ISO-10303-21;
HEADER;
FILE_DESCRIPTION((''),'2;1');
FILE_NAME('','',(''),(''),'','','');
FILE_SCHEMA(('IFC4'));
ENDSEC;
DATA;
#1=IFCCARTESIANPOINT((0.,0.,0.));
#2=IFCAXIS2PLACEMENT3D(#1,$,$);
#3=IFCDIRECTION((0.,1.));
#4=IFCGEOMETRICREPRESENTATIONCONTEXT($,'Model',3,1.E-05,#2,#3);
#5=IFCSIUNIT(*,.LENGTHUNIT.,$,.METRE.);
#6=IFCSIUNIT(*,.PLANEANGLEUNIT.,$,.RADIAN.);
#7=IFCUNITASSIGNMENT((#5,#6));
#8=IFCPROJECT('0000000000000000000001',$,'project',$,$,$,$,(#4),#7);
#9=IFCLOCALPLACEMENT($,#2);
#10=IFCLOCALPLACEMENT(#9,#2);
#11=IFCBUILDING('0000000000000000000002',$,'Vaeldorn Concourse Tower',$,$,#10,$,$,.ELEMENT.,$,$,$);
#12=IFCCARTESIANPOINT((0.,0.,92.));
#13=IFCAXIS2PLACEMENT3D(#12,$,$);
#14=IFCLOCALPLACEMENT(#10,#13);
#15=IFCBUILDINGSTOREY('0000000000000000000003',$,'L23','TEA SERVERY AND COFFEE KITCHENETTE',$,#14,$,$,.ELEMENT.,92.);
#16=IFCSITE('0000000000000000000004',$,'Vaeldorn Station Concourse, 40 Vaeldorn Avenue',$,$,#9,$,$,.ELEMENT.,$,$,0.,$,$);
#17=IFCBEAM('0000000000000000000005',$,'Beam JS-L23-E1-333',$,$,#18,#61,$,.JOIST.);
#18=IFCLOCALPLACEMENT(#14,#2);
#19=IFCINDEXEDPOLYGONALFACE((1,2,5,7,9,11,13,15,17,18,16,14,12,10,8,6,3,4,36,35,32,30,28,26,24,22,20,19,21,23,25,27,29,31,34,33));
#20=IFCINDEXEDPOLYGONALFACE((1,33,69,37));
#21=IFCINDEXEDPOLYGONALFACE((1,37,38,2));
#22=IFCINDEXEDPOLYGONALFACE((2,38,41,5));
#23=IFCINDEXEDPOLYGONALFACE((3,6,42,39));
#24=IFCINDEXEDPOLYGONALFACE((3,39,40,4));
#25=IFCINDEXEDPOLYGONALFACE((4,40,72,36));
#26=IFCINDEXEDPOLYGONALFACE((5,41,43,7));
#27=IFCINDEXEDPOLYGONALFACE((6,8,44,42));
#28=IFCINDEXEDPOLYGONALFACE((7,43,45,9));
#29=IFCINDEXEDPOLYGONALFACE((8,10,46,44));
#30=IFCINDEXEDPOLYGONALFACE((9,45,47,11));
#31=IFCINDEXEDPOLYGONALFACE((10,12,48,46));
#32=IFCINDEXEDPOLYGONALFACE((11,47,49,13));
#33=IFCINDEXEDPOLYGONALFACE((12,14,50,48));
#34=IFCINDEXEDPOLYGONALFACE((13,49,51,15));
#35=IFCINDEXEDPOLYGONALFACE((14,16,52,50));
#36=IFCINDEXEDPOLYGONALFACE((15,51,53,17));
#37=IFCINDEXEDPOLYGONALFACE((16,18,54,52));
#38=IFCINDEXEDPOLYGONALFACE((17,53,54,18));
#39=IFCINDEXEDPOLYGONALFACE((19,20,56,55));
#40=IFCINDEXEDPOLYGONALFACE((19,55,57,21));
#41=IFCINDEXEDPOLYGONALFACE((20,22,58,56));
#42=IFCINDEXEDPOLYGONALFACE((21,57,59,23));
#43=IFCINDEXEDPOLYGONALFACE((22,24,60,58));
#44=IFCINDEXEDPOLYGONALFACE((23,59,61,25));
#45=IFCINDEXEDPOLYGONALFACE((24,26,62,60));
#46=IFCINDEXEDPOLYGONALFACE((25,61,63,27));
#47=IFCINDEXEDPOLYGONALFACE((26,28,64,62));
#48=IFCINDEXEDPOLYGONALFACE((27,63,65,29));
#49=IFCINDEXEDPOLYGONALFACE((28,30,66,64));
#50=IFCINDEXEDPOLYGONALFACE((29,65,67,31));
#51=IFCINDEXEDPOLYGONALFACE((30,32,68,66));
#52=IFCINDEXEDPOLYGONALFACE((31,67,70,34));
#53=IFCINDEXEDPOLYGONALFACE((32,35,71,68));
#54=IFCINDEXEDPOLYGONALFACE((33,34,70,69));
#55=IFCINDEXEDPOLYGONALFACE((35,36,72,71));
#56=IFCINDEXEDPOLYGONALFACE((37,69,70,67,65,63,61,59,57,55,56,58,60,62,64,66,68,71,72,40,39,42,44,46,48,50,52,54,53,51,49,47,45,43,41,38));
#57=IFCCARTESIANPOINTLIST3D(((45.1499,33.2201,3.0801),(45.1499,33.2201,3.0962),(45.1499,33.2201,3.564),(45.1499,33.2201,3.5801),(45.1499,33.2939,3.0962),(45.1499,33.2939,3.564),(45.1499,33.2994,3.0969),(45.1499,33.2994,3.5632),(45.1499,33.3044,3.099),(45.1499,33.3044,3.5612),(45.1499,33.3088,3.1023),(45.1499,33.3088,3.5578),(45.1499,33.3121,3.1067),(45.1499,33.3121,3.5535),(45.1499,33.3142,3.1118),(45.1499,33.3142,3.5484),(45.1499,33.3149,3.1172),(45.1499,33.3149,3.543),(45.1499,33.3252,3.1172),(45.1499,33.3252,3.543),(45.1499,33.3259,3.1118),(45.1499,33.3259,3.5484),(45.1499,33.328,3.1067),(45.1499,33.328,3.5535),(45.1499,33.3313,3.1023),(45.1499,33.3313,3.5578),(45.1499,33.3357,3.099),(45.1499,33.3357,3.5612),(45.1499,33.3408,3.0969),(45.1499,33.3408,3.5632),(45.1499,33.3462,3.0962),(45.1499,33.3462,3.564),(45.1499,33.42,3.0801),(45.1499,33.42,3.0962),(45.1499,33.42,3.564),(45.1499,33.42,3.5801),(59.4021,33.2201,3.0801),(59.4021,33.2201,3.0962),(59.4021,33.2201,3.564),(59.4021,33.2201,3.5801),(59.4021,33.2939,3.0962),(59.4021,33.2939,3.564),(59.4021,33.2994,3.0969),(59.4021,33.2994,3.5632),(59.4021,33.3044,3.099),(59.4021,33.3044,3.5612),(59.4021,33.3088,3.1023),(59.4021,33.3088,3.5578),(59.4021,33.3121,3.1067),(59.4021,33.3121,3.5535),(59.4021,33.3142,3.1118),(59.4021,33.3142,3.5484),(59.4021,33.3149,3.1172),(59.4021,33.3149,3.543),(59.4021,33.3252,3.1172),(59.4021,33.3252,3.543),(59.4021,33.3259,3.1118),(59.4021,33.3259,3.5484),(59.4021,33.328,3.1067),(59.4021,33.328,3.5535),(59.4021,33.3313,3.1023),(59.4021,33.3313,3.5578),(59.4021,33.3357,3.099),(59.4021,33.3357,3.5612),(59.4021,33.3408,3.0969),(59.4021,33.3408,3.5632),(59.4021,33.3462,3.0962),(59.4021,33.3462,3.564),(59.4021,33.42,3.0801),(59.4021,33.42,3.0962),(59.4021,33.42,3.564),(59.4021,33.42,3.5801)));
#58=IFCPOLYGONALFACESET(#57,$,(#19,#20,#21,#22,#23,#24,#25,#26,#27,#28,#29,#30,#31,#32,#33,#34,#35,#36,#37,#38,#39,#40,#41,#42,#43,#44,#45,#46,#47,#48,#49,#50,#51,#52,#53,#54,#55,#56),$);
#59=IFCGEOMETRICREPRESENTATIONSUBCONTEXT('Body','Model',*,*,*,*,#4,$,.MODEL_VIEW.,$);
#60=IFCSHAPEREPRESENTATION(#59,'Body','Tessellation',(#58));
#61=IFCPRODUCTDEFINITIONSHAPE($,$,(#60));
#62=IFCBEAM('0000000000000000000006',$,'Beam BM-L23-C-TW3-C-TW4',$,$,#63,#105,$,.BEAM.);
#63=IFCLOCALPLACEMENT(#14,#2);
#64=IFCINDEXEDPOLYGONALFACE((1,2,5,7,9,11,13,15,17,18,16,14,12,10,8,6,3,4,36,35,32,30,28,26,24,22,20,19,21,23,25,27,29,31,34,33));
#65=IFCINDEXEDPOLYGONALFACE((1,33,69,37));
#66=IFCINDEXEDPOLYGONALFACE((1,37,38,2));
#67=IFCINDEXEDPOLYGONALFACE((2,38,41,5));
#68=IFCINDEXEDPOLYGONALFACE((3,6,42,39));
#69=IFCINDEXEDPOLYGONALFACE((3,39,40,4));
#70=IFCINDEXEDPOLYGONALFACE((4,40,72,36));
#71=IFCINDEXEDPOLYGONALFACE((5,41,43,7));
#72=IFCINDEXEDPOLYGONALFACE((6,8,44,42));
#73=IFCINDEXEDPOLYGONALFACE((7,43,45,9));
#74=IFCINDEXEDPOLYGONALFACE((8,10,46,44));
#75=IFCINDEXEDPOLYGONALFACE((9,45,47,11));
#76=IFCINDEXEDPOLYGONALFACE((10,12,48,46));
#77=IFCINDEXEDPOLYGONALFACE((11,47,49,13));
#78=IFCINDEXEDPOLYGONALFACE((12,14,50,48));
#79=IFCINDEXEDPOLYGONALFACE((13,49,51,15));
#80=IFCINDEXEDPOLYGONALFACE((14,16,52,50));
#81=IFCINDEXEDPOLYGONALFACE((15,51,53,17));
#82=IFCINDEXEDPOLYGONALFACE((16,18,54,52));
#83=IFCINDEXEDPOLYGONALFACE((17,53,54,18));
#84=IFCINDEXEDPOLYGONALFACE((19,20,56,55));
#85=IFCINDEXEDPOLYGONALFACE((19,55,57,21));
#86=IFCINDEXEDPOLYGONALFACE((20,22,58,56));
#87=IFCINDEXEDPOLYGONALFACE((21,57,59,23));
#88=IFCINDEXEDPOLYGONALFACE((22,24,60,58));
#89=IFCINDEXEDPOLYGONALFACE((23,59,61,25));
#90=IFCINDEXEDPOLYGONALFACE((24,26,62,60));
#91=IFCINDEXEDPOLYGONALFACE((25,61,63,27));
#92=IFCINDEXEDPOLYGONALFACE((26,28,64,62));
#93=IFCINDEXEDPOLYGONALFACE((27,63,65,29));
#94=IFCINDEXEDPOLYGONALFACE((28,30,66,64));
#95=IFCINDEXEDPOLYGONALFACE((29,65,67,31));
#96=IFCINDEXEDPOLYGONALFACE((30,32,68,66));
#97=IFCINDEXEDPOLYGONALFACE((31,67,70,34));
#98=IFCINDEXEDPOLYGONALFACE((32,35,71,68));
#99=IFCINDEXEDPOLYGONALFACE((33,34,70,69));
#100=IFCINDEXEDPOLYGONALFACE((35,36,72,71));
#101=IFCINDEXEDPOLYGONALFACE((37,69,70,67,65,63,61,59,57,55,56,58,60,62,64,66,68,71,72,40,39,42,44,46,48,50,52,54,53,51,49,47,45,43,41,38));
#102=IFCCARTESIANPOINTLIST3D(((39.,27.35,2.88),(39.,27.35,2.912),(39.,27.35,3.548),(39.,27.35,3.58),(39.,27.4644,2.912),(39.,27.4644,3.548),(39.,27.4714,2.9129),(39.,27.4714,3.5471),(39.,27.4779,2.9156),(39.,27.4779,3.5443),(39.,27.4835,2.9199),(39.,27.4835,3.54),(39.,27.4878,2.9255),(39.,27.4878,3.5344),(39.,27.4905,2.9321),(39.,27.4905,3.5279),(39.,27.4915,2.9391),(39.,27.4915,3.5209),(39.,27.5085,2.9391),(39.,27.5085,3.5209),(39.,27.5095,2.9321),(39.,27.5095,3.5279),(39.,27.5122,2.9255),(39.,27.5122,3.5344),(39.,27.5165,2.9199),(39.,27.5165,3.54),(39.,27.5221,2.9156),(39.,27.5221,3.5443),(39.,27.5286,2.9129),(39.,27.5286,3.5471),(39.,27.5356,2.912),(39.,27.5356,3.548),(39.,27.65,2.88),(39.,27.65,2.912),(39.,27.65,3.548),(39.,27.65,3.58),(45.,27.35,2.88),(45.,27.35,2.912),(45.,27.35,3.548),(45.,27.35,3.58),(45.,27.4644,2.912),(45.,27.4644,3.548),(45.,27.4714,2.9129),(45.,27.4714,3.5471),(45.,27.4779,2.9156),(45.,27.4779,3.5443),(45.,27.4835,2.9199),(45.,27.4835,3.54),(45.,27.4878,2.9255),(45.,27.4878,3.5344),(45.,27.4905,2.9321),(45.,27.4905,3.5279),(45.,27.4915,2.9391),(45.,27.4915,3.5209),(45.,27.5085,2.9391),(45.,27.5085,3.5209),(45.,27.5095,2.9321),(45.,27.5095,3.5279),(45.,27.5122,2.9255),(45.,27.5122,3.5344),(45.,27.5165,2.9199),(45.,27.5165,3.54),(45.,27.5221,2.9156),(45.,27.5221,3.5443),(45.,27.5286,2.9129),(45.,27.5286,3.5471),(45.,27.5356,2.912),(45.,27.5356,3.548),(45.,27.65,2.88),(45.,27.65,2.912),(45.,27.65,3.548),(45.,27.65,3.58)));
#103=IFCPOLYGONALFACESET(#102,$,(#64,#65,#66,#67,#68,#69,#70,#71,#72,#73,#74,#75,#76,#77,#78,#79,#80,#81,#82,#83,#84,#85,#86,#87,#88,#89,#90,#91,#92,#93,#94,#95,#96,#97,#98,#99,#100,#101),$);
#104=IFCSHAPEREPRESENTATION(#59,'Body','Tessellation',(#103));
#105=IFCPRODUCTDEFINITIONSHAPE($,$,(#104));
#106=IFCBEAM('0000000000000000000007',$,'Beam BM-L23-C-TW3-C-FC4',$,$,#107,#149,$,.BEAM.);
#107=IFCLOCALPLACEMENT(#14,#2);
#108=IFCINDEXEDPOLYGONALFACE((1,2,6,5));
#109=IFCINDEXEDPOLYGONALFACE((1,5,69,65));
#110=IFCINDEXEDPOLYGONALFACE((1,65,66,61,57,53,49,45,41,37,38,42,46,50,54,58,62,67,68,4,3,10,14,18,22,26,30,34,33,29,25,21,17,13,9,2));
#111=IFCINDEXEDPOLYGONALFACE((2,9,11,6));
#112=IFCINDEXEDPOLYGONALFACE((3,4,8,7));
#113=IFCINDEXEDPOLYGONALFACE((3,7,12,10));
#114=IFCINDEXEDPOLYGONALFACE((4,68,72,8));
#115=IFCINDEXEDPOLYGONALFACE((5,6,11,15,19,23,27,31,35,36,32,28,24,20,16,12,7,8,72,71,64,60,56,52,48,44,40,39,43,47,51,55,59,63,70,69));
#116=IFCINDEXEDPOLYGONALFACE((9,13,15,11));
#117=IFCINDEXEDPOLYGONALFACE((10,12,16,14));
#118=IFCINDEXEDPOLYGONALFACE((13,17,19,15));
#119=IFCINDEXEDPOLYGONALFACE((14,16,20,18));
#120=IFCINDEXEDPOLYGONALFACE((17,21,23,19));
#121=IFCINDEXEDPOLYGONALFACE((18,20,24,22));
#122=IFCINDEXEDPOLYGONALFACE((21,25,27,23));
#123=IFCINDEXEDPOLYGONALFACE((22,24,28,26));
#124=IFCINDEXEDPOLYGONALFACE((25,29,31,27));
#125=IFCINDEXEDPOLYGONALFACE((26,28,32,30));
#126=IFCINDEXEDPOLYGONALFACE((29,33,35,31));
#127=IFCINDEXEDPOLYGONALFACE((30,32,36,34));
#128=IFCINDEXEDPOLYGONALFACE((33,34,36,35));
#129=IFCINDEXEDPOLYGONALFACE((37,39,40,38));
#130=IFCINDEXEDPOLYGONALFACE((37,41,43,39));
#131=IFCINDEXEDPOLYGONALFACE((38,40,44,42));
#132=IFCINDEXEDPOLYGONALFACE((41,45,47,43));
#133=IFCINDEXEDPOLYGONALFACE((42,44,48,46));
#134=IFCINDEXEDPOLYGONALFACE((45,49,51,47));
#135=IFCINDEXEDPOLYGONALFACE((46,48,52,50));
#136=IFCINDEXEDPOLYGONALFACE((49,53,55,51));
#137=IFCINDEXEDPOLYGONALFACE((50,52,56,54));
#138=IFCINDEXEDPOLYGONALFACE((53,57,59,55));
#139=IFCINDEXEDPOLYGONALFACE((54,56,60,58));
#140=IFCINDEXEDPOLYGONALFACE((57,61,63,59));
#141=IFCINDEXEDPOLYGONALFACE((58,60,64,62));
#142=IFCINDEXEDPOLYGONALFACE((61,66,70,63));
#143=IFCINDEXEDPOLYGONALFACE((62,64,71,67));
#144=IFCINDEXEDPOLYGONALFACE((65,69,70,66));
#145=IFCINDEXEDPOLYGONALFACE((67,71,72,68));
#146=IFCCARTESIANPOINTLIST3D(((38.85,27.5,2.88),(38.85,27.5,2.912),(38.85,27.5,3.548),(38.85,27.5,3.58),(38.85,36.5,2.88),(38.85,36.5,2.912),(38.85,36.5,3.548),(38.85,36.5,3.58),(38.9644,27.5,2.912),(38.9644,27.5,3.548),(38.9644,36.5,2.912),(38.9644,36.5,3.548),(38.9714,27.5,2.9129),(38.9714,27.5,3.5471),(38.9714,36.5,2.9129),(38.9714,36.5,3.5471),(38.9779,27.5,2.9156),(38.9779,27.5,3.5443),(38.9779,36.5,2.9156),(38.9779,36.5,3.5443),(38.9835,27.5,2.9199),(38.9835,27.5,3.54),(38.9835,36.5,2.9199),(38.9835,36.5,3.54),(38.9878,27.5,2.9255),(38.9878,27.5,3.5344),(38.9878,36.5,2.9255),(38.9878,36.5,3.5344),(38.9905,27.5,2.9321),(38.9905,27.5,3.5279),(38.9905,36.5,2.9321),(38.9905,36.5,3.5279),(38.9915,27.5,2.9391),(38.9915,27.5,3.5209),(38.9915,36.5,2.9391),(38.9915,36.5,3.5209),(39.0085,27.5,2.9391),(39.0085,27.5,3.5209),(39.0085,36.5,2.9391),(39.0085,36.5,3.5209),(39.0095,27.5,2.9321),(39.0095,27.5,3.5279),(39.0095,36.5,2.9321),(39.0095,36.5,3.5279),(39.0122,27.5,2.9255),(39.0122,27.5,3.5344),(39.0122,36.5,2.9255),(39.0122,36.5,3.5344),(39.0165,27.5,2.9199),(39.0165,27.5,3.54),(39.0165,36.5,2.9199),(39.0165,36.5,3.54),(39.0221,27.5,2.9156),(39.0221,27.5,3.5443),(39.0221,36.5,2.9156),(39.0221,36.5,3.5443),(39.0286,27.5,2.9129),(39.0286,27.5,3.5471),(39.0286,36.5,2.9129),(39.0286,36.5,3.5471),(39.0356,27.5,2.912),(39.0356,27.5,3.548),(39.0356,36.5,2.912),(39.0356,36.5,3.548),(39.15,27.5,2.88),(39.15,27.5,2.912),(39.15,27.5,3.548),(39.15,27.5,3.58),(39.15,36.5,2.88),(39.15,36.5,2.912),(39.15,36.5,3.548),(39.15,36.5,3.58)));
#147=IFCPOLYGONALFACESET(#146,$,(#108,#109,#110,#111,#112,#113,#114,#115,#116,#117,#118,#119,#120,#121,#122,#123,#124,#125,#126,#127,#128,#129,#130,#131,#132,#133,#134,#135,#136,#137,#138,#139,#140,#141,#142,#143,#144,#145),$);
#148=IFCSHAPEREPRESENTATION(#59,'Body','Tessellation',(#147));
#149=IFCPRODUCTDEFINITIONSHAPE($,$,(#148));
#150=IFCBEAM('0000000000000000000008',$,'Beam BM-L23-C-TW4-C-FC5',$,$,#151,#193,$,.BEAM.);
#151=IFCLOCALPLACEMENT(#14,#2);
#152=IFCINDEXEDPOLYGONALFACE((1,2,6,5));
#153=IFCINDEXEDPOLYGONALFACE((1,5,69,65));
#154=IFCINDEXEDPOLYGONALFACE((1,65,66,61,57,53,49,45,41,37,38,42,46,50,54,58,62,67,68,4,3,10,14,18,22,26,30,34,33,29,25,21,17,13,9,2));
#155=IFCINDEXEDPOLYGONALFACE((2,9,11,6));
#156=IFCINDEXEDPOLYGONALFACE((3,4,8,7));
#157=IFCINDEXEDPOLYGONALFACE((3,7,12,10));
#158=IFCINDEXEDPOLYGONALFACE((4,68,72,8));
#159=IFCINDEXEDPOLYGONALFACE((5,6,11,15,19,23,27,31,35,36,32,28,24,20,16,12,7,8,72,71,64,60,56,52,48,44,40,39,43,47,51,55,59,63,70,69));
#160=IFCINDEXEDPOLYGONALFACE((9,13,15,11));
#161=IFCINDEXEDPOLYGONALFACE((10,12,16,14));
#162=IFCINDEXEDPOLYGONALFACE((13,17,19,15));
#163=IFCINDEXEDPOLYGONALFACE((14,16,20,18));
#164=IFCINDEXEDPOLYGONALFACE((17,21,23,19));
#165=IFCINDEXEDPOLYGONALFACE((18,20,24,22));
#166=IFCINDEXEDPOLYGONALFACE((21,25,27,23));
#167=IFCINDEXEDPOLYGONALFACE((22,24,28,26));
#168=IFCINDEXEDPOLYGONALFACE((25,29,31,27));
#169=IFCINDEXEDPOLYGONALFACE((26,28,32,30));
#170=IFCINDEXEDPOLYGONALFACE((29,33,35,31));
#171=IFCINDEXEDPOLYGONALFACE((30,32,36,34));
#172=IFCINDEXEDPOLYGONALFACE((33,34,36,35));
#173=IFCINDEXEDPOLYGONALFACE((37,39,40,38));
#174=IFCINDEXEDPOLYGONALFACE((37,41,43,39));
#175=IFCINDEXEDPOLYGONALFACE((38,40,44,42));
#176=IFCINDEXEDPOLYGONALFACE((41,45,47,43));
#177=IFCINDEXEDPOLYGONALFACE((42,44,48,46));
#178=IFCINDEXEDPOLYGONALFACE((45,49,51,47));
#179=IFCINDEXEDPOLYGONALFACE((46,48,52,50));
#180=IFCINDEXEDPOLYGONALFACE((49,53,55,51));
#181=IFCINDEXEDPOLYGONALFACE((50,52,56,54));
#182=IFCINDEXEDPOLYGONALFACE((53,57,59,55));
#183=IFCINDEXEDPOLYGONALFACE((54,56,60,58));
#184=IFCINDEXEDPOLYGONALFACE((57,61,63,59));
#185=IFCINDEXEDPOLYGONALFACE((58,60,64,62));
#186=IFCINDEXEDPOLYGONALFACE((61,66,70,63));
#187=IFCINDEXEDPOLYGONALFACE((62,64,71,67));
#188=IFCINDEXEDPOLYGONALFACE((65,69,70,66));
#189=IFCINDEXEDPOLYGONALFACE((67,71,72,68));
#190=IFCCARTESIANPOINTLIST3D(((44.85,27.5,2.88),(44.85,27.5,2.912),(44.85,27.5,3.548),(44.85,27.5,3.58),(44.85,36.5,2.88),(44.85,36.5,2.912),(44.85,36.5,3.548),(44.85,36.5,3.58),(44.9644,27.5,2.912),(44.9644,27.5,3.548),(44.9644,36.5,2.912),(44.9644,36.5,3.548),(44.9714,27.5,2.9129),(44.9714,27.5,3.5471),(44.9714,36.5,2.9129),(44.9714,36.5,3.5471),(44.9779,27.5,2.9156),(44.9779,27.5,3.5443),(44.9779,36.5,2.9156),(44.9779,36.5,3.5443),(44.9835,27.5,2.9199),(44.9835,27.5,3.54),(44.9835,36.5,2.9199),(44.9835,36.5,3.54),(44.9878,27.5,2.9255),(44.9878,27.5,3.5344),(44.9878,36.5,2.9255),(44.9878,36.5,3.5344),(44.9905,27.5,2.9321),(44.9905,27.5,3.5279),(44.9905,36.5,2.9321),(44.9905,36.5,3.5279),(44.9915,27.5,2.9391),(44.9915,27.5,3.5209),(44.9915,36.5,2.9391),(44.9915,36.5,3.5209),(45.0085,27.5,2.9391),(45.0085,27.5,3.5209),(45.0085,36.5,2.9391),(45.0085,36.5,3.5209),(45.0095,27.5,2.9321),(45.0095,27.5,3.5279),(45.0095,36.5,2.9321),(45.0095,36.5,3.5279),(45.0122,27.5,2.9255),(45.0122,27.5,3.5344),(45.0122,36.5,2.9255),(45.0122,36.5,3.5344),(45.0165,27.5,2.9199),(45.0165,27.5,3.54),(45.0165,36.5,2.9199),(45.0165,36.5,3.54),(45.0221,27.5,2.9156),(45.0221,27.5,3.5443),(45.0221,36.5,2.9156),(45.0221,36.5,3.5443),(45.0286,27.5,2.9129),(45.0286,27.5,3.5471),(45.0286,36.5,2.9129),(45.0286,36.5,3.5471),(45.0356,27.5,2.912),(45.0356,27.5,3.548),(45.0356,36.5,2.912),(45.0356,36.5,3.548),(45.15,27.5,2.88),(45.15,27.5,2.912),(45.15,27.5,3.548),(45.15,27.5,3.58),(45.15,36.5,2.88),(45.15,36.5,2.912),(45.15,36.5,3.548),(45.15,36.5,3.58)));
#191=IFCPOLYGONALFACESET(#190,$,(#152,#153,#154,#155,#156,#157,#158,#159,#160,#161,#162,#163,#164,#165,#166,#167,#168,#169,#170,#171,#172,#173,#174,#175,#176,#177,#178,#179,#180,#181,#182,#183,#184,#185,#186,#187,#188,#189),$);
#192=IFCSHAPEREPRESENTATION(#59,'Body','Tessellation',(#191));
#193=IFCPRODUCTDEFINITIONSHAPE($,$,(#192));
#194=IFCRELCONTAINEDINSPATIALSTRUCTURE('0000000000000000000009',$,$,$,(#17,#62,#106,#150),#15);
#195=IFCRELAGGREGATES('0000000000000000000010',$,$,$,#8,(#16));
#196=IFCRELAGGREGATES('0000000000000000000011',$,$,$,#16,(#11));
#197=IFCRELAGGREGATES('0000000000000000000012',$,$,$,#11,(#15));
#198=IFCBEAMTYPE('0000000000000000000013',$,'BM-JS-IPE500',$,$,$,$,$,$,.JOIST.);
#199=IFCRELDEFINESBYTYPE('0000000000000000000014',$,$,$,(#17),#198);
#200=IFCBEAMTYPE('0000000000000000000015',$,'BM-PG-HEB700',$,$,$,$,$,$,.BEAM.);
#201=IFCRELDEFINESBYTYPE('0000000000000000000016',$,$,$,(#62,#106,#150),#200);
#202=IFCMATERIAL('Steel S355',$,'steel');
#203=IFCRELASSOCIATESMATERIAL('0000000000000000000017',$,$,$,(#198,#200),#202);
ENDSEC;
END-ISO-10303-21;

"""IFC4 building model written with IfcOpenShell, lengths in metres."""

from ifc_helpers import new_model, si_unit, direction, frame, origin, origin_2d, place, context, subcontext, project, spatial, i_section, extrude, source, transform, mapped, material, material_profile, profile_set, type_object, element, save


model = new_model("IFC4")

# Units and contexts
model_context = context("Model", 3, precision=1e-05, world=origin(), true_north=direction((0.0, 1.0)))
body_context = subcontext(model_context, "Body", "Model", "MODEL_VIEW")
ifc_project = project(units=[si_unit("LENGTHUNIT", "METRE"), si_unit("PLANEANGLEUNIT", "RADIAN")], contexts=[model_context])

# Site, building, storey
site_placement = place(None, origin())
site = spatial("IfcSite", under=ifc_project, at=site_placement, Name="Vaeldorn Station Concourse, 40 Vaeldorn Avenue", CompositionType="ELEMENT", RefElevation=0.0)
building_placement = place(site_placement, origin())
building = spatial("IfcBuilding", under=site, at=building_placement, Name="Vaeldorn Concourse Tower", CompositionType="ELEMENT")
storey_placement = place(building_placement, frame((0.0, 0.0, 92.0)))
storey = spatial("IfcBuildingStorey", under=building, at=storey_placement, Name="L23", Description="TEA SERVERY AND COFFEE KITCHENETTE", CompositionType="ELEMENT", Elevation=92.0)

# Beams
ifc_material_1 = material(Name="Steel S355", Category="steel")
ifc_material_profile_1 = material_profile(ifc_material_1, i_section(OverallWidth=0.2, OverallDepth=0.5, WebThickness=0.0103, FlangeThickness=0.0161, FilletRadius=0.021, at=origin_2d()), Name="IPE 500")
ifc_profile_set_1 = profile_set([ifc_material_profile_1], Name="Steel S355")
beam_type_1 = type_object("IfcBeamType", Name="BM-JS-IPE500", PredefinedType="JOIST", material=ifc_profile_set_1)
shared_shape_1 = source(origin(), body_context, "Body", "SweptSolid", [
    extrude(i_section(OverallWidth=0.2, OverallDepth=0.5, WebThickness=0.0103, FlangeThickness=0.0161, FilletRadius=0.021, at=origin_2d()), origin(), (0.0, 0.0, 1.0), 14.2522),
])
beam_1_placement = place(storey_placement, frame((45.1499, 33.3201, 3.3301), z_axis=(1.0, 0.0, 0.0), x_axis=(0.0, 1.0, 0.0)))
element("IfcBeam", 1, at=beam_1_placement, inside=storey, type_object=beam_type_1, Name="Beam JS-L23-E1-333", PredefinedType="JOIST", context=body_context, shape_type="MappedRepresentation", body=[
    mapped(shared_shape_1, transform((0.0, 0.0, 0.0), scale=1.0)),
])
ifc_material_profile_2 = material_profile(ifc_material_1, i_section(OverallWidth=0.3, OverallDepth=0.7, WebThickness=0.0171, FlangeThickness=0.032, FilletRadius=0.0271, at=origin_2d()), Name="HEB 700")
ifc_profile_set_2 = profile_set([ifc_material_profile_2], Name="Steel S355")
beam_type_2 = type_object("IfcBeamType", Name="BM-PG-HEB700", PredefinedType="BEAM", material=ifc_profile_set_2)
shared_shape_2 = source(origin(), body_context, "Body", "SweptSolid", [
    extrude(i_section(OverallWidth=0.3, OverallDepth=0.7, WebThickness=0.0171, FlangeThickness=0.032, FilletRadius=0.0271, at=origin_2d()), origin(), (0.0, 0.0, 1.0), 6.0),
])
beam_2_placement = place(storey_placement, frame((39.0, 27.5, 3.23), z_axis=(1.0, 0.0, 0.0), x_axis=(0.0, 1.0, 0.0)))
element("IfcBeam", 2, at=beam_2_placement, inside=storey, type_object=beam_type_2, Name="Beam BM-L23-C-TW3-C-TW4", PredefinedType="BEAM", context=body_context, shape_type="MappedRepresentation", body=[
    mapped(shared_shape_2, transform((0.0, 0.0, 0.0), scale=1.0)),
])
shared_shape_3 = source(origin(), body_context, "Body", "SweptSolid", [
    extrude(i_section(OverallWidth=0.3, OverallDepth=0.7, WebThickness=0.0171, FlangeThickness=0.032, FilletRadius=0.0271, at=origin_2d()), origin(), (0.0, 0.0, 1.0), 9.0),
])
for number, where, z_axis, x_axis, name in (
    (3, (39.0, 27.5, 3.23), (0.0, 1.0, 0.0), (-1.0, 0.0, 0.0), "Beam BM-L23-C-TW3-C-FC4"),
    (4, (45.0, 27.5, 3.23), (0.0, 1.0, 0.0), (-1.0, 0.0, 0.0), "Beam BM-L23-C-TW4-C-FC5"),
):
    element("IfcBeam", number, at=place(storey_placement, frame(where, z_axis=z_axis, x_axis=x_axis)), inside=storey, type_object=beam_type_2, Name=name, PredefinedType="BEAM", context=body_context, shape_type="MappedRepresentation", body=[
        mapped(shared_shape_3, transform((0.0, 0.0, 0.0), scale=1.0)),
    ])

save(model, "model.ifc")
